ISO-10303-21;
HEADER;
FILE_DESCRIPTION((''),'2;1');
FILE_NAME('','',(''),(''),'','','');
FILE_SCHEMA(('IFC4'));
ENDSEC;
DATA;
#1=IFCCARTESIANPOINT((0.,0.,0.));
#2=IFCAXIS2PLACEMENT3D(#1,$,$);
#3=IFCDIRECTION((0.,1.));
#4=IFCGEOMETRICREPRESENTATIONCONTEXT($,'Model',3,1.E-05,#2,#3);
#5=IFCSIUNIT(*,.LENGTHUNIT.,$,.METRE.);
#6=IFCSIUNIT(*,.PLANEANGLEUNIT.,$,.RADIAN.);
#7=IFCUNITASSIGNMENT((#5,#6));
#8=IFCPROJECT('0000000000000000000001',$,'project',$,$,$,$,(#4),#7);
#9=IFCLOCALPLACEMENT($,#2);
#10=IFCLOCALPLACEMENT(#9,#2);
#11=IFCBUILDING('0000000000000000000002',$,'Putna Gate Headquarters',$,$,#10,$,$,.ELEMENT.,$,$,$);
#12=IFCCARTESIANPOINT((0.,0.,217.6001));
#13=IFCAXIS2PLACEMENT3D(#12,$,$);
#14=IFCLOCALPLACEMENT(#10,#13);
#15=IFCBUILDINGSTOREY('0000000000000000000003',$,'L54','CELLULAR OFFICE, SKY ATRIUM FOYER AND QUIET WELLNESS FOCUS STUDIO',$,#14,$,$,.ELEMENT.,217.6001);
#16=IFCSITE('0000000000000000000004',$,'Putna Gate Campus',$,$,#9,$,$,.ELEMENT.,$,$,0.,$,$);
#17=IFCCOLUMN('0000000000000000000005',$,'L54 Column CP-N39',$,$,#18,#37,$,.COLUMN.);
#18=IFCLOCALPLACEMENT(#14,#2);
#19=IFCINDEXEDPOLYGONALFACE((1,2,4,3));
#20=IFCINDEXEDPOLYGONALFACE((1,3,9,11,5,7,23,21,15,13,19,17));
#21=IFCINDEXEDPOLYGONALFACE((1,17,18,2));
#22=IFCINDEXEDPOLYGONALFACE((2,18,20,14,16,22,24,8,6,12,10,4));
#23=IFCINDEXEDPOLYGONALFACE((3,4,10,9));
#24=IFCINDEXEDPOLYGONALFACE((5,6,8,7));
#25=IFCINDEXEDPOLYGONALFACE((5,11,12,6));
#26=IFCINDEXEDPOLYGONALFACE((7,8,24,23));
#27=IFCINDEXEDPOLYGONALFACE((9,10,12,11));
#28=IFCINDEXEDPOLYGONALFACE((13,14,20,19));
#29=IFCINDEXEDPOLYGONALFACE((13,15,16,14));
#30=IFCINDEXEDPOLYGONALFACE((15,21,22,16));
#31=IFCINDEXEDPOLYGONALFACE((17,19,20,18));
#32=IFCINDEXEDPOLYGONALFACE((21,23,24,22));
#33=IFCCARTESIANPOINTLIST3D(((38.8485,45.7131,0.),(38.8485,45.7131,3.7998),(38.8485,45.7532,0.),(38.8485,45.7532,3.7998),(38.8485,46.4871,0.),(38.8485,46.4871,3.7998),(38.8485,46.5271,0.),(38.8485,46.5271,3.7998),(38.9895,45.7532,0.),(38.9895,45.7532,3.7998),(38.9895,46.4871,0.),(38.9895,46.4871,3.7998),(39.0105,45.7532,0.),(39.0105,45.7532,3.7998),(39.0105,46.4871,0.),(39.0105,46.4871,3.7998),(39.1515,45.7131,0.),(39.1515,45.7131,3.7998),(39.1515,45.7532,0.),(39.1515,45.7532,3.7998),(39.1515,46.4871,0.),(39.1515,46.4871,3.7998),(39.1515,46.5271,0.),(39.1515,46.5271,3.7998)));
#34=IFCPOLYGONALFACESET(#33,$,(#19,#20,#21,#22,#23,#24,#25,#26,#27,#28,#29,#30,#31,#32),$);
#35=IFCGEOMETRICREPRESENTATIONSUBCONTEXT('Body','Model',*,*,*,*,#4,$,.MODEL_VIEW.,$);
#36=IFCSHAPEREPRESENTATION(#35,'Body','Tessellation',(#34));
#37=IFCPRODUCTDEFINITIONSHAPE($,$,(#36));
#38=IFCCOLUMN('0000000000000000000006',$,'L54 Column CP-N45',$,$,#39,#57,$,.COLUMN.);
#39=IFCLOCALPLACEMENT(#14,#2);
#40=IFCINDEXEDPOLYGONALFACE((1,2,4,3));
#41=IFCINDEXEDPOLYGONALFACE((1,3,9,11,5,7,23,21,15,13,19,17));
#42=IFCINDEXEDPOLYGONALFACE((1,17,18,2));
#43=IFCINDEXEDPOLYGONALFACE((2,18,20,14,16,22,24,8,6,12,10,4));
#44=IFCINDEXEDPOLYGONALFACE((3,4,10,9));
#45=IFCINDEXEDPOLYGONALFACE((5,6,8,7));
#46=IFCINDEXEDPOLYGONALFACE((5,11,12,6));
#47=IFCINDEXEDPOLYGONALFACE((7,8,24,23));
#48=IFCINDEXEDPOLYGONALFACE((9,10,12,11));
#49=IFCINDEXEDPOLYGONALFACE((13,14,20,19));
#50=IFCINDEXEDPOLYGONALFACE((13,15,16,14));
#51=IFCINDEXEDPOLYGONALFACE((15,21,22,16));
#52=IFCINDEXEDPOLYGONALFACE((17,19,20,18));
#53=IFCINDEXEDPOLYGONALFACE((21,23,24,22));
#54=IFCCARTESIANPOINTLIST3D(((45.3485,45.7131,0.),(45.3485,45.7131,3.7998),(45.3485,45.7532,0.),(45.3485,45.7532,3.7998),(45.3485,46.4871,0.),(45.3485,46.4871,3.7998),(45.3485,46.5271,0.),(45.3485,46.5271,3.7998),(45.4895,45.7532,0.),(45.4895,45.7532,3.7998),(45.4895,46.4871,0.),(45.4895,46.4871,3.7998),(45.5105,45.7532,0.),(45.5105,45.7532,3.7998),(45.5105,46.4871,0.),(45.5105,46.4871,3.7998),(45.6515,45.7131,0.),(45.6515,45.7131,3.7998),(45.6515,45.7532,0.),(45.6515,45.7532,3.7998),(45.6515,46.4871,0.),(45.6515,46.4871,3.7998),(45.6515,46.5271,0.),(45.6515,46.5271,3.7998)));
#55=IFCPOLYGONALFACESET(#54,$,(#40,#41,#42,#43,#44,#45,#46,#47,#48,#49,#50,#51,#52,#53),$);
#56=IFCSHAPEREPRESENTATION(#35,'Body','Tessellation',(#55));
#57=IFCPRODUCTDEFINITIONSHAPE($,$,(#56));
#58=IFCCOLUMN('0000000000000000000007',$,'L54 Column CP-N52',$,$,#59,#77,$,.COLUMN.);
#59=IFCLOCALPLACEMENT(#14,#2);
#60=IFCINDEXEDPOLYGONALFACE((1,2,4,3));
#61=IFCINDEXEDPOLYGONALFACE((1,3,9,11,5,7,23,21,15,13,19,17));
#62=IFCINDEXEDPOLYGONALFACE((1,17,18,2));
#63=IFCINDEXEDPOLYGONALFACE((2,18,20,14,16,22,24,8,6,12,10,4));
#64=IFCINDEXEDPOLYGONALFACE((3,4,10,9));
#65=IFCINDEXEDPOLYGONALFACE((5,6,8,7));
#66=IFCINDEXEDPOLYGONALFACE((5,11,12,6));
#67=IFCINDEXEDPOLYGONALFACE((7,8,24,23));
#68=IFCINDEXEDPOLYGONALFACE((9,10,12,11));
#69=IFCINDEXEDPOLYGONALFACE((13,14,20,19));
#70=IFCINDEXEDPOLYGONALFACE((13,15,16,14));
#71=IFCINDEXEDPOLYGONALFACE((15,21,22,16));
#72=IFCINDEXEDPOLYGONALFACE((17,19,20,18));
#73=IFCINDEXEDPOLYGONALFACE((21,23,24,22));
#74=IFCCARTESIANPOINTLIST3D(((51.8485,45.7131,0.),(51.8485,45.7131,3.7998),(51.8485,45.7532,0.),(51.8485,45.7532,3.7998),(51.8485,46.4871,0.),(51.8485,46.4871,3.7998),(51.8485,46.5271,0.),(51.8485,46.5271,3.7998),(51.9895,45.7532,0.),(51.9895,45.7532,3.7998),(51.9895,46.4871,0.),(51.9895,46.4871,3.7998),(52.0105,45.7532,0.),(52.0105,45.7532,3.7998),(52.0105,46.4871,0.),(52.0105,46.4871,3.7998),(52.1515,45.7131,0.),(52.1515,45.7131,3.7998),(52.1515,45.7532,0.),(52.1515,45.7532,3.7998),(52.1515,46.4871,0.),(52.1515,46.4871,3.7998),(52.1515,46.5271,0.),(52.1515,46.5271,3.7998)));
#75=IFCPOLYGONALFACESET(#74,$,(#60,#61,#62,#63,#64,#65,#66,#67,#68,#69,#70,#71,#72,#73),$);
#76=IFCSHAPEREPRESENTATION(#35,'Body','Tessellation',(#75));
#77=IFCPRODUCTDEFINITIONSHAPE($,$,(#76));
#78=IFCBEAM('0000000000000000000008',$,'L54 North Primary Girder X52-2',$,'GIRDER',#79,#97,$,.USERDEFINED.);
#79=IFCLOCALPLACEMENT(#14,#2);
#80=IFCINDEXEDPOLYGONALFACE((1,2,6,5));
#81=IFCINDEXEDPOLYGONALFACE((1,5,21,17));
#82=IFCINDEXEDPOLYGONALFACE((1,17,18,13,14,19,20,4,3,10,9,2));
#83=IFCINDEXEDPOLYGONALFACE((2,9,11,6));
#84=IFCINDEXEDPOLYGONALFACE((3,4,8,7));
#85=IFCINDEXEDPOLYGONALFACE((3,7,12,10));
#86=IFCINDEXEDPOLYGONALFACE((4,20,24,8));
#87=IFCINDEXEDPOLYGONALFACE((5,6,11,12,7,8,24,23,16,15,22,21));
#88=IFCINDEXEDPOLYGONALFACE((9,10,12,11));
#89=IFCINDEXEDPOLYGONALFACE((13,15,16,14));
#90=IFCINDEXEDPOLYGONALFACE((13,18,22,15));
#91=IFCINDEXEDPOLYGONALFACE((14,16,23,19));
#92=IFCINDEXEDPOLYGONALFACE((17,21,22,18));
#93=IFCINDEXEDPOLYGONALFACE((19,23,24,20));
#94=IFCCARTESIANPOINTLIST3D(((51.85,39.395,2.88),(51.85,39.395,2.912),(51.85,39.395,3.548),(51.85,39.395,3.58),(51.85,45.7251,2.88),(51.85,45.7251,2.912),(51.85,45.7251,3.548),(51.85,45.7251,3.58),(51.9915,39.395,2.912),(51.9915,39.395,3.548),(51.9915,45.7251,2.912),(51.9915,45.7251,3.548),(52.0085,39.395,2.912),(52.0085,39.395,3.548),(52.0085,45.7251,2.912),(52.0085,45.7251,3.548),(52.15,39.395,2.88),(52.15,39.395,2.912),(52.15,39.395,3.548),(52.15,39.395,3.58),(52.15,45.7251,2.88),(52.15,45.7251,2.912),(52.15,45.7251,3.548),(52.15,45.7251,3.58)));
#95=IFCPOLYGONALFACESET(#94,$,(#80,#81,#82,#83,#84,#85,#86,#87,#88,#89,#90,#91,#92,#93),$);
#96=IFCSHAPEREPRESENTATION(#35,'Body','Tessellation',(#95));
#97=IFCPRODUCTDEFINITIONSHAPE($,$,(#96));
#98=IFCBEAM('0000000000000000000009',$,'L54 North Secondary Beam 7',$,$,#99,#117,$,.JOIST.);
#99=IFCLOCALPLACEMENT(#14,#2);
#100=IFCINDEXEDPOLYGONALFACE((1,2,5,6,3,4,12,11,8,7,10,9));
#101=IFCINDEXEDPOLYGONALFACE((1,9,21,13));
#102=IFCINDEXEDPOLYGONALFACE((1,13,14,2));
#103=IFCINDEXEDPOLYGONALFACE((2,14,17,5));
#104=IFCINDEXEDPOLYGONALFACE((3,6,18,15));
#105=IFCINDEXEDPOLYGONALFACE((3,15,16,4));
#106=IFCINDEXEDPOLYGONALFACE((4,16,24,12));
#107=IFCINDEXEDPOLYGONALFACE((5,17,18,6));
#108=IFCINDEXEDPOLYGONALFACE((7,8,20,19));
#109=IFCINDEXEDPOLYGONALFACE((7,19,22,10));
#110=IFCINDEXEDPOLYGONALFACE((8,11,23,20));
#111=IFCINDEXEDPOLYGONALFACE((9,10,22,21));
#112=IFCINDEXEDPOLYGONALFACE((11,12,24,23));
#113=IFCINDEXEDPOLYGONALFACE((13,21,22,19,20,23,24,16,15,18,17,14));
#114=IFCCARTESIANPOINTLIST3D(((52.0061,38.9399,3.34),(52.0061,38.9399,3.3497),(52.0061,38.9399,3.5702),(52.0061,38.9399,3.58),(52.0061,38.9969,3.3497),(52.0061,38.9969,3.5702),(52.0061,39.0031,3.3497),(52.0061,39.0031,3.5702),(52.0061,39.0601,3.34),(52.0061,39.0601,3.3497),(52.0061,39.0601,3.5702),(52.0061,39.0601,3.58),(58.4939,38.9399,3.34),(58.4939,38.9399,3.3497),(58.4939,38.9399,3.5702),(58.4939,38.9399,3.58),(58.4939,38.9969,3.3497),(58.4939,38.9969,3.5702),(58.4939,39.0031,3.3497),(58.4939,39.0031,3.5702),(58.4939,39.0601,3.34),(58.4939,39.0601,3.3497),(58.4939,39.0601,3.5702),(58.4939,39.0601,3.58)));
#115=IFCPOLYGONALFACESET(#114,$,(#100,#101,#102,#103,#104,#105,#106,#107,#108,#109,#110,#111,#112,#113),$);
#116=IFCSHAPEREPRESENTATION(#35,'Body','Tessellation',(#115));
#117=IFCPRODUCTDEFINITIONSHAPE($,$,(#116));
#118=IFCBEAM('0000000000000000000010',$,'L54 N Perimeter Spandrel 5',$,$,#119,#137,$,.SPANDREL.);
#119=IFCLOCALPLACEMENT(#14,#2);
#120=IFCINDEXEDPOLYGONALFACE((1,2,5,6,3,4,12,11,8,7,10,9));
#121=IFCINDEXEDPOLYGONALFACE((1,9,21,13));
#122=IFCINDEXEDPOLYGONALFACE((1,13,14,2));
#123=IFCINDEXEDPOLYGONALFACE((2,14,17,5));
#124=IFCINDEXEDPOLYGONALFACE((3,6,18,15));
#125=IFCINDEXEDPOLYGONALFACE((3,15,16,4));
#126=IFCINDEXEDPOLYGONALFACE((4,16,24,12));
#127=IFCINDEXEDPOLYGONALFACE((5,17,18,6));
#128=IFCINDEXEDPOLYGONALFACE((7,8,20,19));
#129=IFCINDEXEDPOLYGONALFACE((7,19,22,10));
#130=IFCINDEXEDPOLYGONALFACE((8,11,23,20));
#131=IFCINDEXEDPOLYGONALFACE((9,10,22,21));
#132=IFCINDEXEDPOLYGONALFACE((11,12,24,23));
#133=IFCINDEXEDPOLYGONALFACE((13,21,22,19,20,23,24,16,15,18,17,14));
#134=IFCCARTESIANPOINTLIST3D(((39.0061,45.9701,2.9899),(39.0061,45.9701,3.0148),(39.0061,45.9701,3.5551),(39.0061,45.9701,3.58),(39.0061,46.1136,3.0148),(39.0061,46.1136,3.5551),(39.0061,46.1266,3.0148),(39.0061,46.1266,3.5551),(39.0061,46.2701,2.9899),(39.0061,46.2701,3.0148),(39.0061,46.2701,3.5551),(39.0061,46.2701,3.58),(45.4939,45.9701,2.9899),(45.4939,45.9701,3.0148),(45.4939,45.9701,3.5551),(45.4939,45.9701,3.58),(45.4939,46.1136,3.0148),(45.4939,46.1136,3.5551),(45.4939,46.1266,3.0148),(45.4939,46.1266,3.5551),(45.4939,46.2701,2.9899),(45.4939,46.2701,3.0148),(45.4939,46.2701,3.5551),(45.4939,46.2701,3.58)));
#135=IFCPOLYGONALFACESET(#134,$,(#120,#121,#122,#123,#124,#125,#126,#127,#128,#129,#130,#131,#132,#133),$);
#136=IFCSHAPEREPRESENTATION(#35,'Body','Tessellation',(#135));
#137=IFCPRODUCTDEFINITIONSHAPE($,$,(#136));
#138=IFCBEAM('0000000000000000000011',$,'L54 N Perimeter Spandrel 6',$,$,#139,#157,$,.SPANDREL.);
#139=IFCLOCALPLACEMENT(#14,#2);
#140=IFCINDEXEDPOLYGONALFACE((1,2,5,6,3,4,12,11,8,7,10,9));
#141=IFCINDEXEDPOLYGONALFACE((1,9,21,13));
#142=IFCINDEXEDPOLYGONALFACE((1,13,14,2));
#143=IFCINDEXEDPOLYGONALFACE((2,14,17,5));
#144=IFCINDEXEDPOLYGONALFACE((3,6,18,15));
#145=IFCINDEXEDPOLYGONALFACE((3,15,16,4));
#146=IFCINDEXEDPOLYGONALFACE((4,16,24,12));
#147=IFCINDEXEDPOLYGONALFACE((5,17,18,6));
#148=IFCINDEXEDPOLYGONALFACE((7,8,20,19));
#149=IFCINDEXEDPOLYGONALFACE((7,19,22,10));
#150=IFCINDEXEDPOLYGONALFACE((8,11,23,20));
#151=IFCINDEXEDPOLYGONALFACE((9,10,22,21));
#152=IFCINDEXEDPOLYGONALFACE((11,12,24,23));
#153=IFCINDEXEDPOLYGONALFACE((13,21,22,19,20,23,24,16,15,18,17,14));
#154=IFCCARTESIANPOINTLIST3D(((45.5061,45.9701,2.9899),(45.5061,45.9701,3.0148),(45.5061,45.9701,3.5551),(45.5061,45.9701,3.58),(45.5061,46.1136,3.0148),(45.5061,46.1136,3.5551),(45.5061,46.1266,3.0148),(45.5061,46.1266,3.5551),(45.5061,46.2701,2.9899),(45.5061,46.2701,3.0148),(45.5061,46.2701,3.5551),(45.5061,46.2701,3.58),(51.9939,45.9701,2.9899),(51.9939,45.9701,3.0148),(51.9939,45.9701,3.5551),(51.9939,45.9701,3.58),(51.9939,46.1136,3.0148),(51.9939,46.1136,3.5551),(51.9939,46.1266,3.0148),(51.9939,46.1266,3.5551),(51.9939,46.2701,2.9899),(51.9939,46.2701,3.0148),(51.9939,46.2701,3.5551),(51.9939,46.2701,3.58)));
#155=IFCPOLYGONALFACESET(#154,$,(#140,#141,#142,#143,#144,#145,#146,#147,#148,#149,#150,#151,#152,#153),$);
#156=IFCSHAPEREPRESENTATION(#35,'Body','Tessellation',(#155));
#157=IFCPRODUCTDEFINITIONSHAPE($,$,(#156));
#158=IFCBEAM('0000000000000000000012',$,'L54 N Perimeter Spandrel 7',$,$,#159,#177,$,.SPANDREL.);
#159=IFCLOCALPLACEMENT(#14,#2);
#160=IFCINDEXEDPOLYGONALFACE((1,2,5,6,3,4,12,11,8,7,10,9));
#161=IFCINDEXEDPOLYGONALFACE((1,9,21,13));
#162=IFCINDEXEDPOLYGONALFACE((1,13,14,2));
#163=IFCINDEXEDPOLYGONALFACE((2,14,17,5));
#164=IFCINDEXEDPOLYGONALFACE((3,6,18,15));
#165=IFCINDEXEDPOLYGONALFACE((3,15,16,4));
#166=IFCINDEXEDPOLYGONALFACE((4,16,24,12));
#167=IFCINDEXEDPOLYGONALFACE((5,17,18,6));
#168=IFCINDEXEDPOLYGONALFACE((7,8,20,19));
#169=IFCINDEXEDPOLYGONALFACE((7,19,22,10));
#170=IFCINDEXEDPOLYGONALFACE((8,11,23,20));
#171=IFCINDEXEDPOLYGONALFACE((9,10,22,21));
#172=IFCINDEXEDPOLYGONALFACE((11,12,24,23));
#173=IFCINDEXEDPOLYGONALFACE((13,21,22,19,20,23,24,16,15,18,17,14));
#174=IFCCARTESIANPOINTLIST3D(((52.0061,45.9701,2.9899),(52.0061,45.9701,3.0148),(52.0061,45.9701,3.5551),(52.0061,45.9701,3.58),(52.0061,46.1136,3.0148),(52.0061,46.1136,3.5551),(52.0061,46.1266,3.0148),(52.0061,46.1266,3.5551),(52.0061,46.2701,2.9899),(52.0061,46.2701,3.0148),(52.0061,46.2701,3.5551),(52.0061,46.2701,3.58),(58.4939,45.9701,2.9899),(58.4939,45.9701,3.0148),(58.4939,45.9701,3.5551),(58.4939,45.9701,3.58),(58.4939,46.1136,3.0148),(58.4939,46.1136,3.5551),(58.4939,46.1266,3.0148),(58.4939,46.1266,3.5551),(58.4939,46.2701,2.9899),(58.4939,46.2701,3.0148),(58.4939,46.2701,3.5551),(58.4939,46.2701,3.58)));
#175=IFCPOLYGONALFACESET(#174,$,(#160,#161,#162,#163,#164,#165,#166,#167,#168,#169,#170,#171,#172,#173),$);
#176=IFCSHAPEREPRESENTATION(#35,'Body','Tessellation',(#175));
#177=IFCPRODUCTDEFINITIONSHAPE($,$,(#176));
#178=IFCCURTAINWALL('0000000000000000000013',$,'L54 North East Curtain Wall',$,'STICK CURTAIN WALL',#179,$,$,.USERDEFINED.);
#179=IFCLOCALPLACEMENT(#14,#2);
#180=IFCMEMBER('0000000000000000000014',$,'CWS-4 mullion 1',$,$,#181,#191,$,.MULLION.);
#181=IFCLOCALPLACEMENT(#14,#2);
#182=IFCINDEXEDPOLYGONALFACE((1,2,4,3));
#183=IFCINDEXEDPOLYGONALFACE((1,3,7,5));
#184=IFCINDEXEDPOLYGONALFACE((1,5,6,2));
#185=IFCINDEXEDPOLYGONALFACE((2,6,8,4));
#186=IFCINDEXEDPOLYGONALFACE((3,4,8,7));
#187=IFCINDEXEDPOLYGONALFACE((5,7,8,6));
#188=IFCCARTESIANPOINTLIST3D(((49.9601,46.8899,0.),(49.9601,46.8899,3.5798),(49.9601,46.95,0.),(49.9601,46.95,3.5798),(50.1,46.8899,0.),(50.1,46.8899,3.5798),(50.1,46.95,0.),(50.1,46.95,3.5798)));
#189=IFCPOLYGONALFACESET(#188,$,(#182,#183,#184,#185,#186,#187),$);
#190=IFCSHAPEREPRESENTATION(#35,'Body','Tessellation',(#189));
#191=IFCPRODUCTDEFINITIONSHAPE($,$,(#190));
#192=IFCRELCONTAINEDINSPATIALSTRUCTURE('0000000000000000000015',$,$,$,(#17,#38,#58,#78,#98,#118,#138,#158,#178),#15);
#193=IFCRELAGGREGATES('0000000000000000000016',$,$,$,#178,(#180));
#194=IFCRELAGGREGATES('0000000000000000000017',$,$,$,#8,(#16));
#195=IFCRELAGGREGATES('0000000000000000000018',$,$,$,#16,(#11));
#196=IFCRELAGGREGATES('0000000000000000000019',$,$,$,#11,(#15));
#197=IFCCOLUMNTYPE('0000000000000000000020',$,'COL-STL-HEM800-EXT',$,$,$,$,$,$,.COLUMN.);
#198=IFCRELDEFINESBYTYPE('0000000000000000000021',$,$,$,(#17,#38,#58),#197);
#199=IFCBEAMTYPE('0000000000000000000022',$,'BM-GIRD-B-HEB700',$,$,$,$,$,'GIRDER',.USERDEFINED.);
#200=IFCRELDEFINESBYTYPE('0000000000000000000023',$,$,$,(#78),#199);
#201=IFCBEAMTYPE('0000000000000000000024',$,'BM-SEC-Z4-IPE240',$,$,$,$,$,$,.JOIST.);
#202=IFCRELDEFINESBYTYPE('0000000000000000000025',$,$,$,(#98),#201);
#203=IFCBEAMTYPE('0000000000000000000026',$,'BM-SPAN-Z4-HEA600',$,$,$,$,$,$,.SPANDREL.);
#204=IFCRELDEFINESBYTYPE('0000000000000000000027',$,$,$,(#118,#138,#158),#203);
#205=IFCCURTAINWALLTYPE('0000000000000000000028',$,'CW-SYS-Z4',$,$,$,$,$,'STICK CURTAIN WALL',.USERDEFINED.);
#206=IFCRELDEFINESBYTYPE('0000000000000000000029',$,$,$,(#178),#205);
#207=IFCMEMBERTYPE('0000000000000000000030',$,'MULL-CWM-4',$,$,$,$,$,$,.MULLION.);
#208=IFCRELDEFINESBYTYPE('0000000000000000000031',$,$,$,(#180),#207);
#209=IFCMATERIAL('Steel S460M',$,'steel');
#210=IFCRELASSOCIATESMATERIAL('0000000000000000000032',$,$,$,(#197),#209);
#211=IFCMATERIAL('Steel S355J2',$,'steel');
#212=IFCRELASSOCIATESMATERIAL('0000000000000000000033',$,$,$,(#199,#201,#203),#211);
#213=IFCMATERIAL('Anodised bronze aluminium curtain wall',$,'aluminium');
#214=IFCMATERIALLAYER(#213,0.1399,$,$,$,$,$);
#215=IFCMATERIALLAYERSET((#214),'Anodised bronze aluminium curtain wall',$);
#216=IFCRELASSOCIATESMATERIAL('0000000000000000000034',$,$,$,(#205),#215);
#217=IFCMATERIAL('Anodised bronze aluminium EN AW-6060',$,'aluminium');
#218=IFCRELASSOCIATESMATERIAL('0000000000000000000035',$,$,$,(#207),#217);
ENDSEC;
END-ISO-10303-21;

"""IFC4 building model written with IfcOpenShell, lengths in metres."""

from ifc_helpers import new_model, si_unit, direction, frame, origin, origin_2d, place, context, subcontext, project, spatial, rectangle, i_section, extrude, material, layer, layer_set, material_profile, profile_set, type_object, element, aggregate, save


model = new_model("IFC4")

# Units and contexts
model_context = context("Model", 3, precision=1e-05, world=origin(), true_north=direction((0.0, 1.0)))
body_context = subcontext(model_context, "Body", "Model", "MODEL_VIEW")
ifc_project = project(units=[si_unit("LENGTHUNIT", "METRE"), si_unit("PLANEANGLEUNIT", "RADIAN")], contexts=[model_context])

# Site, building, storey
site_placement = place(None, origin())
site = spatial("IfcSite", under=ifc_project, at=site_placement, Name="Putna Gate Campus", CompositionType="ELEMENT", RefElevation=0.0)
building_placement = place(site_placement, origin())
building = spatial("IfcBuilding", under=site, at=building_placement, Name="Putna Gate Headquarters", CompositionType="ELEMENT")
storey_placement = place(building_placement, frame((0.0, 0.0, 217.6001)))
storey = spatial("IfcBuildingStorey", under=building, at=storey_placement, Name="L54", Description="CELLULAR OFFICE, SKY ATRIUM FOYER AND QUIET WELLNESS FOCUS STUDIO", CompositionType="ELEMENT", Elevation=217.6001)

# Columns
ifc_material_1 = material(Name="Steel S460M", Category="steel")
ifc_material_profile_1 = material_profile(ifc_material_1, i_section(OverallWidth=0.303, OverallDepth=0.814, WebThickness=0.021, FlangeThickness=0.04, at=origin_2d()), Name="Steel S460M")
ifc_profile_set_1 = profile_set([ifc_material_profile_1], Name="Steel S460M")
column_type = type_object("IfcColumnType", Name="COL-STL-HEM800-EXT", PredefinedType="COLUMN", material=ifc_profile_set_1)
for number, where, z_axis, x_axis, name in (
    (1, (39.0, 46.1201, 0.0), (0.0, 0.0, 1.0), (1.0, 0.0, 0.0), "L54 Column CP-N39"),
    (2, (45.5, 46.1201, 0.0), (0.0, 0.0, 1.0), (1.0, 0.0, 0.0), "L54 Column CP-N45"),
    (3, (52.0, 46.1201, 0.0), (0.0, 0.0, 1.0), (1.0, 0.0, 0.0), "L54 Column CP-N52"),
):
    element("IfcColumn", number, at=place(storey_placement, frame(where, z_axis=z_axis, x_axis=x_axis)), inside=storey, type_object=column_type, Name=name, PredefinedType="COLUMN", context=body_context, shape_type="SweptSolid", body=[
        extrude(i_section(OverallWidth=0.303, OverallDepth=0.814, WebThickness=0.021, FlangeThickness=0.04, at=origin_2d()), origin(), (0.0, 0.0, 1.0), 3.7998),
    ])

# Beams
ifc_material_2 = material(Name="Steel S355J2", Category="steel")
ifc_material_profile_2 = material_profile(ifc_material_2, i_section(OverallWidth=0.3, OverallDepth=0.7, WebThickness=0.0171, FlangeThickness=0.032, at=origin_2d()), Name="Steel S355J2")
ifc_profile_set_2 = profile_set([ifc_material_profile_2], Name="Steel S355J2")
beam_type_1 = type_object("IfcBeamType", Name="BM-GIRD-B-HEB700", ElementType="GIRDER", PredefinedType="USERDEFINED", material=ifc_profile_set_2)
beam_1_placement = place(storey_placement, frame((52.0, 39.395, 3.23), z_axis=(0.0, 1.0, 0.0), x_axis=(-1.0, 0.0, 0.0)))
element("IfcBeam", 4, at=beam_1_placement, inside=storey, type_object=beam_type_1, Name="L54 North Primary Girder X52-2", ObjectType="GIRDER", PredefinedType="USERDEFINED", context=body_context, shape_type="SweptSolid", body=[
    extrude(i_section(OverallWidth=0.3, OverallDepth=0.7, WebThickness=0.0171, FlangeThickness=0.032, at=origin_2d()), origin(), (0.0, 0.0, 1.0), 6.3301),
])
ifc_material_profile_3 = material_profile(ifc_material_2, i_section(OverallWidth=0.1201, OverallDepth=0.24, WebThickness=0.0061, FlangeThickness=0.0098, at=origin_2d()), Name="Steel S355J2")
ifc_profile_set_3 = profile_set([ifc_material_profile_3], Name="Steel S355J2")
beam_type_2 = type_object("IfcBeamType", Name="BM-SEC-Z4-IPE240", PredefinedType="JOIST", material=ifc_profile_set_3)
beam_2_placement = place(storey_placement, frame((52.0061, 39.0, 3.46), z_axis=(1.0, 0.0, 0.0), x_axis=(0.0, 1.0, 0.0)))
element("IfcBeam", 5, at=beam_2_placement, inside=storey, type_object=beam_type_2, Name="L54 North Secondary Beam 7", PredefinedType="JOIST", context=body_context, shape_type="SweptSolid", body=[
    extrude(i_section(OverallWidth=0.1201, OverallDepth=0.24, WebThickness=0.0061, FlangeThickness=0.0098, at=origin_2d()), origin(), (0.0, 0.0, 1.0), 6.4878),
])
ifc_material_profile_4 = material_profile(ifc_material_2, i_section(OverallWidth=0.3, OverallDepth=0.5901, WebThickness=0.0129, FlangeThickness=0.0249, at=origin_2d()), Name="Steel S355J2")
ifc_profile_set_4 = profile_set([ifc_material_profile_4], Name="Steel S355J2")
beam_type_3 = type_object("IfcBeamType", Name="BM-SPAN-Z4-HEA600", PredefinedType="SPANDREL", material=ifc_profile_set_4)
for number, where, z_axis, x_axis, name in (
    (6, (39.0061, 46.1201, 3.2849), (1.0, 0.0, 0.0), (0.0, 1.0, 0.0), "L54 N Perimeter Spandrel 5"),
    (7, (45.5061, 46.1201, 3.2849), (1.0, 0.0, 0.0), (0.0, 1.0, 0.0), "L54 N Perimeter Spandrel 6"),
    (8, (52.0061, 46.1201, 3.2849), (1.0, 0.0, 0.0), (0.0, 1.0, 0.0), "L54 N Perimeter Spandrel 7"),
):
    element("IfcBeam", number, at=place(storey_placement, frame(where, z_axis=z_axis, x_axis=x_axis)), inside=storey, type_object=beam_type_3, Name=name, PredefinedType="SPANDREL", context=body_context, shape_type="SweptSolid", body=[
        extrude(i_section(OverallWidth=0.3, OverallDepth=0.5901, WebThickness=0.0129, FlangeThickness=0.0249, at=origin_2d()), origin(), (0.0, 0.0, 1.0), 6.4878),
    ])

# Curtain wall, member
ifc_material_3 = material(Name="Anodised bronze aluminium curtain wall", Category="aluminium")
ifc_layer_1 = layer(ifc_material_3, 0.1399)
ifc_layer_set_1 = layer_set([ifc_layer_1], Name="Anodised bronze aluminium curtain wall")
curtain_wall_type_1 = type_object("IfcCurtainWallType", Name="CW-SYS-Z4", ElementType="STICK CURTAIN WALL", PredefinedType="USERDEFINED", material=ifc_layer_set_1)
curtain_wall_1_placement = place(storey_placement, origin())
curtain_wall_1 = element("IfcCurtainWall", 9, at=curtain_wall_1_placement, inside=storey, type_object=curtain_wall_type_1, Name="L54 North East Curtain Wall", ObjectType="STICK CURTAIN WALL", PredefinedType="USERDEFINED")
ifc_material_4 = material(Name="Anodised bronze aluminium EN AW-6060", Category="aluminium")
ifc_material_profile_5 = material_profile(ifc_material_4, rectangle(XDim=0.0601, YDim=0.1399, at=origin_2d()), Name="Anodised bronze aluminium EN AW-6060")
ifc_profile_set_5 = profile_set([ifc_material_profile_5], Name="Anodised bronze aluminium EN AW-6060")
member_type_1 = type_object("IfcMemberType", Name="MULL-CWM-4", PredefinedType="MULLION", material=ifc_profile_set_5)
member_1_placement = place(storey_placement, frame((50.03, 46.9199, 0.0), z_axis=(0.0, 0.0, 1.0), x_axis=(0.0, 1.0, 0.0)))
member_1 = element("IfcMember", 10, at=member_1_placement, type_object=member_type_1, Name="CWS-4 mullion 1", PredefinedType="MULLION", context=body_context, shape_type="SweptSolid", body=[
    extrude(rectangle(XDim=0.0601, YDim=0.1399, at=origin_2d()), origin(), (0.0, 0.0, 1.0), 3.5798),
])

aggregate(curtain_wall_1, [member_1])

save(model, "model.ifc")
